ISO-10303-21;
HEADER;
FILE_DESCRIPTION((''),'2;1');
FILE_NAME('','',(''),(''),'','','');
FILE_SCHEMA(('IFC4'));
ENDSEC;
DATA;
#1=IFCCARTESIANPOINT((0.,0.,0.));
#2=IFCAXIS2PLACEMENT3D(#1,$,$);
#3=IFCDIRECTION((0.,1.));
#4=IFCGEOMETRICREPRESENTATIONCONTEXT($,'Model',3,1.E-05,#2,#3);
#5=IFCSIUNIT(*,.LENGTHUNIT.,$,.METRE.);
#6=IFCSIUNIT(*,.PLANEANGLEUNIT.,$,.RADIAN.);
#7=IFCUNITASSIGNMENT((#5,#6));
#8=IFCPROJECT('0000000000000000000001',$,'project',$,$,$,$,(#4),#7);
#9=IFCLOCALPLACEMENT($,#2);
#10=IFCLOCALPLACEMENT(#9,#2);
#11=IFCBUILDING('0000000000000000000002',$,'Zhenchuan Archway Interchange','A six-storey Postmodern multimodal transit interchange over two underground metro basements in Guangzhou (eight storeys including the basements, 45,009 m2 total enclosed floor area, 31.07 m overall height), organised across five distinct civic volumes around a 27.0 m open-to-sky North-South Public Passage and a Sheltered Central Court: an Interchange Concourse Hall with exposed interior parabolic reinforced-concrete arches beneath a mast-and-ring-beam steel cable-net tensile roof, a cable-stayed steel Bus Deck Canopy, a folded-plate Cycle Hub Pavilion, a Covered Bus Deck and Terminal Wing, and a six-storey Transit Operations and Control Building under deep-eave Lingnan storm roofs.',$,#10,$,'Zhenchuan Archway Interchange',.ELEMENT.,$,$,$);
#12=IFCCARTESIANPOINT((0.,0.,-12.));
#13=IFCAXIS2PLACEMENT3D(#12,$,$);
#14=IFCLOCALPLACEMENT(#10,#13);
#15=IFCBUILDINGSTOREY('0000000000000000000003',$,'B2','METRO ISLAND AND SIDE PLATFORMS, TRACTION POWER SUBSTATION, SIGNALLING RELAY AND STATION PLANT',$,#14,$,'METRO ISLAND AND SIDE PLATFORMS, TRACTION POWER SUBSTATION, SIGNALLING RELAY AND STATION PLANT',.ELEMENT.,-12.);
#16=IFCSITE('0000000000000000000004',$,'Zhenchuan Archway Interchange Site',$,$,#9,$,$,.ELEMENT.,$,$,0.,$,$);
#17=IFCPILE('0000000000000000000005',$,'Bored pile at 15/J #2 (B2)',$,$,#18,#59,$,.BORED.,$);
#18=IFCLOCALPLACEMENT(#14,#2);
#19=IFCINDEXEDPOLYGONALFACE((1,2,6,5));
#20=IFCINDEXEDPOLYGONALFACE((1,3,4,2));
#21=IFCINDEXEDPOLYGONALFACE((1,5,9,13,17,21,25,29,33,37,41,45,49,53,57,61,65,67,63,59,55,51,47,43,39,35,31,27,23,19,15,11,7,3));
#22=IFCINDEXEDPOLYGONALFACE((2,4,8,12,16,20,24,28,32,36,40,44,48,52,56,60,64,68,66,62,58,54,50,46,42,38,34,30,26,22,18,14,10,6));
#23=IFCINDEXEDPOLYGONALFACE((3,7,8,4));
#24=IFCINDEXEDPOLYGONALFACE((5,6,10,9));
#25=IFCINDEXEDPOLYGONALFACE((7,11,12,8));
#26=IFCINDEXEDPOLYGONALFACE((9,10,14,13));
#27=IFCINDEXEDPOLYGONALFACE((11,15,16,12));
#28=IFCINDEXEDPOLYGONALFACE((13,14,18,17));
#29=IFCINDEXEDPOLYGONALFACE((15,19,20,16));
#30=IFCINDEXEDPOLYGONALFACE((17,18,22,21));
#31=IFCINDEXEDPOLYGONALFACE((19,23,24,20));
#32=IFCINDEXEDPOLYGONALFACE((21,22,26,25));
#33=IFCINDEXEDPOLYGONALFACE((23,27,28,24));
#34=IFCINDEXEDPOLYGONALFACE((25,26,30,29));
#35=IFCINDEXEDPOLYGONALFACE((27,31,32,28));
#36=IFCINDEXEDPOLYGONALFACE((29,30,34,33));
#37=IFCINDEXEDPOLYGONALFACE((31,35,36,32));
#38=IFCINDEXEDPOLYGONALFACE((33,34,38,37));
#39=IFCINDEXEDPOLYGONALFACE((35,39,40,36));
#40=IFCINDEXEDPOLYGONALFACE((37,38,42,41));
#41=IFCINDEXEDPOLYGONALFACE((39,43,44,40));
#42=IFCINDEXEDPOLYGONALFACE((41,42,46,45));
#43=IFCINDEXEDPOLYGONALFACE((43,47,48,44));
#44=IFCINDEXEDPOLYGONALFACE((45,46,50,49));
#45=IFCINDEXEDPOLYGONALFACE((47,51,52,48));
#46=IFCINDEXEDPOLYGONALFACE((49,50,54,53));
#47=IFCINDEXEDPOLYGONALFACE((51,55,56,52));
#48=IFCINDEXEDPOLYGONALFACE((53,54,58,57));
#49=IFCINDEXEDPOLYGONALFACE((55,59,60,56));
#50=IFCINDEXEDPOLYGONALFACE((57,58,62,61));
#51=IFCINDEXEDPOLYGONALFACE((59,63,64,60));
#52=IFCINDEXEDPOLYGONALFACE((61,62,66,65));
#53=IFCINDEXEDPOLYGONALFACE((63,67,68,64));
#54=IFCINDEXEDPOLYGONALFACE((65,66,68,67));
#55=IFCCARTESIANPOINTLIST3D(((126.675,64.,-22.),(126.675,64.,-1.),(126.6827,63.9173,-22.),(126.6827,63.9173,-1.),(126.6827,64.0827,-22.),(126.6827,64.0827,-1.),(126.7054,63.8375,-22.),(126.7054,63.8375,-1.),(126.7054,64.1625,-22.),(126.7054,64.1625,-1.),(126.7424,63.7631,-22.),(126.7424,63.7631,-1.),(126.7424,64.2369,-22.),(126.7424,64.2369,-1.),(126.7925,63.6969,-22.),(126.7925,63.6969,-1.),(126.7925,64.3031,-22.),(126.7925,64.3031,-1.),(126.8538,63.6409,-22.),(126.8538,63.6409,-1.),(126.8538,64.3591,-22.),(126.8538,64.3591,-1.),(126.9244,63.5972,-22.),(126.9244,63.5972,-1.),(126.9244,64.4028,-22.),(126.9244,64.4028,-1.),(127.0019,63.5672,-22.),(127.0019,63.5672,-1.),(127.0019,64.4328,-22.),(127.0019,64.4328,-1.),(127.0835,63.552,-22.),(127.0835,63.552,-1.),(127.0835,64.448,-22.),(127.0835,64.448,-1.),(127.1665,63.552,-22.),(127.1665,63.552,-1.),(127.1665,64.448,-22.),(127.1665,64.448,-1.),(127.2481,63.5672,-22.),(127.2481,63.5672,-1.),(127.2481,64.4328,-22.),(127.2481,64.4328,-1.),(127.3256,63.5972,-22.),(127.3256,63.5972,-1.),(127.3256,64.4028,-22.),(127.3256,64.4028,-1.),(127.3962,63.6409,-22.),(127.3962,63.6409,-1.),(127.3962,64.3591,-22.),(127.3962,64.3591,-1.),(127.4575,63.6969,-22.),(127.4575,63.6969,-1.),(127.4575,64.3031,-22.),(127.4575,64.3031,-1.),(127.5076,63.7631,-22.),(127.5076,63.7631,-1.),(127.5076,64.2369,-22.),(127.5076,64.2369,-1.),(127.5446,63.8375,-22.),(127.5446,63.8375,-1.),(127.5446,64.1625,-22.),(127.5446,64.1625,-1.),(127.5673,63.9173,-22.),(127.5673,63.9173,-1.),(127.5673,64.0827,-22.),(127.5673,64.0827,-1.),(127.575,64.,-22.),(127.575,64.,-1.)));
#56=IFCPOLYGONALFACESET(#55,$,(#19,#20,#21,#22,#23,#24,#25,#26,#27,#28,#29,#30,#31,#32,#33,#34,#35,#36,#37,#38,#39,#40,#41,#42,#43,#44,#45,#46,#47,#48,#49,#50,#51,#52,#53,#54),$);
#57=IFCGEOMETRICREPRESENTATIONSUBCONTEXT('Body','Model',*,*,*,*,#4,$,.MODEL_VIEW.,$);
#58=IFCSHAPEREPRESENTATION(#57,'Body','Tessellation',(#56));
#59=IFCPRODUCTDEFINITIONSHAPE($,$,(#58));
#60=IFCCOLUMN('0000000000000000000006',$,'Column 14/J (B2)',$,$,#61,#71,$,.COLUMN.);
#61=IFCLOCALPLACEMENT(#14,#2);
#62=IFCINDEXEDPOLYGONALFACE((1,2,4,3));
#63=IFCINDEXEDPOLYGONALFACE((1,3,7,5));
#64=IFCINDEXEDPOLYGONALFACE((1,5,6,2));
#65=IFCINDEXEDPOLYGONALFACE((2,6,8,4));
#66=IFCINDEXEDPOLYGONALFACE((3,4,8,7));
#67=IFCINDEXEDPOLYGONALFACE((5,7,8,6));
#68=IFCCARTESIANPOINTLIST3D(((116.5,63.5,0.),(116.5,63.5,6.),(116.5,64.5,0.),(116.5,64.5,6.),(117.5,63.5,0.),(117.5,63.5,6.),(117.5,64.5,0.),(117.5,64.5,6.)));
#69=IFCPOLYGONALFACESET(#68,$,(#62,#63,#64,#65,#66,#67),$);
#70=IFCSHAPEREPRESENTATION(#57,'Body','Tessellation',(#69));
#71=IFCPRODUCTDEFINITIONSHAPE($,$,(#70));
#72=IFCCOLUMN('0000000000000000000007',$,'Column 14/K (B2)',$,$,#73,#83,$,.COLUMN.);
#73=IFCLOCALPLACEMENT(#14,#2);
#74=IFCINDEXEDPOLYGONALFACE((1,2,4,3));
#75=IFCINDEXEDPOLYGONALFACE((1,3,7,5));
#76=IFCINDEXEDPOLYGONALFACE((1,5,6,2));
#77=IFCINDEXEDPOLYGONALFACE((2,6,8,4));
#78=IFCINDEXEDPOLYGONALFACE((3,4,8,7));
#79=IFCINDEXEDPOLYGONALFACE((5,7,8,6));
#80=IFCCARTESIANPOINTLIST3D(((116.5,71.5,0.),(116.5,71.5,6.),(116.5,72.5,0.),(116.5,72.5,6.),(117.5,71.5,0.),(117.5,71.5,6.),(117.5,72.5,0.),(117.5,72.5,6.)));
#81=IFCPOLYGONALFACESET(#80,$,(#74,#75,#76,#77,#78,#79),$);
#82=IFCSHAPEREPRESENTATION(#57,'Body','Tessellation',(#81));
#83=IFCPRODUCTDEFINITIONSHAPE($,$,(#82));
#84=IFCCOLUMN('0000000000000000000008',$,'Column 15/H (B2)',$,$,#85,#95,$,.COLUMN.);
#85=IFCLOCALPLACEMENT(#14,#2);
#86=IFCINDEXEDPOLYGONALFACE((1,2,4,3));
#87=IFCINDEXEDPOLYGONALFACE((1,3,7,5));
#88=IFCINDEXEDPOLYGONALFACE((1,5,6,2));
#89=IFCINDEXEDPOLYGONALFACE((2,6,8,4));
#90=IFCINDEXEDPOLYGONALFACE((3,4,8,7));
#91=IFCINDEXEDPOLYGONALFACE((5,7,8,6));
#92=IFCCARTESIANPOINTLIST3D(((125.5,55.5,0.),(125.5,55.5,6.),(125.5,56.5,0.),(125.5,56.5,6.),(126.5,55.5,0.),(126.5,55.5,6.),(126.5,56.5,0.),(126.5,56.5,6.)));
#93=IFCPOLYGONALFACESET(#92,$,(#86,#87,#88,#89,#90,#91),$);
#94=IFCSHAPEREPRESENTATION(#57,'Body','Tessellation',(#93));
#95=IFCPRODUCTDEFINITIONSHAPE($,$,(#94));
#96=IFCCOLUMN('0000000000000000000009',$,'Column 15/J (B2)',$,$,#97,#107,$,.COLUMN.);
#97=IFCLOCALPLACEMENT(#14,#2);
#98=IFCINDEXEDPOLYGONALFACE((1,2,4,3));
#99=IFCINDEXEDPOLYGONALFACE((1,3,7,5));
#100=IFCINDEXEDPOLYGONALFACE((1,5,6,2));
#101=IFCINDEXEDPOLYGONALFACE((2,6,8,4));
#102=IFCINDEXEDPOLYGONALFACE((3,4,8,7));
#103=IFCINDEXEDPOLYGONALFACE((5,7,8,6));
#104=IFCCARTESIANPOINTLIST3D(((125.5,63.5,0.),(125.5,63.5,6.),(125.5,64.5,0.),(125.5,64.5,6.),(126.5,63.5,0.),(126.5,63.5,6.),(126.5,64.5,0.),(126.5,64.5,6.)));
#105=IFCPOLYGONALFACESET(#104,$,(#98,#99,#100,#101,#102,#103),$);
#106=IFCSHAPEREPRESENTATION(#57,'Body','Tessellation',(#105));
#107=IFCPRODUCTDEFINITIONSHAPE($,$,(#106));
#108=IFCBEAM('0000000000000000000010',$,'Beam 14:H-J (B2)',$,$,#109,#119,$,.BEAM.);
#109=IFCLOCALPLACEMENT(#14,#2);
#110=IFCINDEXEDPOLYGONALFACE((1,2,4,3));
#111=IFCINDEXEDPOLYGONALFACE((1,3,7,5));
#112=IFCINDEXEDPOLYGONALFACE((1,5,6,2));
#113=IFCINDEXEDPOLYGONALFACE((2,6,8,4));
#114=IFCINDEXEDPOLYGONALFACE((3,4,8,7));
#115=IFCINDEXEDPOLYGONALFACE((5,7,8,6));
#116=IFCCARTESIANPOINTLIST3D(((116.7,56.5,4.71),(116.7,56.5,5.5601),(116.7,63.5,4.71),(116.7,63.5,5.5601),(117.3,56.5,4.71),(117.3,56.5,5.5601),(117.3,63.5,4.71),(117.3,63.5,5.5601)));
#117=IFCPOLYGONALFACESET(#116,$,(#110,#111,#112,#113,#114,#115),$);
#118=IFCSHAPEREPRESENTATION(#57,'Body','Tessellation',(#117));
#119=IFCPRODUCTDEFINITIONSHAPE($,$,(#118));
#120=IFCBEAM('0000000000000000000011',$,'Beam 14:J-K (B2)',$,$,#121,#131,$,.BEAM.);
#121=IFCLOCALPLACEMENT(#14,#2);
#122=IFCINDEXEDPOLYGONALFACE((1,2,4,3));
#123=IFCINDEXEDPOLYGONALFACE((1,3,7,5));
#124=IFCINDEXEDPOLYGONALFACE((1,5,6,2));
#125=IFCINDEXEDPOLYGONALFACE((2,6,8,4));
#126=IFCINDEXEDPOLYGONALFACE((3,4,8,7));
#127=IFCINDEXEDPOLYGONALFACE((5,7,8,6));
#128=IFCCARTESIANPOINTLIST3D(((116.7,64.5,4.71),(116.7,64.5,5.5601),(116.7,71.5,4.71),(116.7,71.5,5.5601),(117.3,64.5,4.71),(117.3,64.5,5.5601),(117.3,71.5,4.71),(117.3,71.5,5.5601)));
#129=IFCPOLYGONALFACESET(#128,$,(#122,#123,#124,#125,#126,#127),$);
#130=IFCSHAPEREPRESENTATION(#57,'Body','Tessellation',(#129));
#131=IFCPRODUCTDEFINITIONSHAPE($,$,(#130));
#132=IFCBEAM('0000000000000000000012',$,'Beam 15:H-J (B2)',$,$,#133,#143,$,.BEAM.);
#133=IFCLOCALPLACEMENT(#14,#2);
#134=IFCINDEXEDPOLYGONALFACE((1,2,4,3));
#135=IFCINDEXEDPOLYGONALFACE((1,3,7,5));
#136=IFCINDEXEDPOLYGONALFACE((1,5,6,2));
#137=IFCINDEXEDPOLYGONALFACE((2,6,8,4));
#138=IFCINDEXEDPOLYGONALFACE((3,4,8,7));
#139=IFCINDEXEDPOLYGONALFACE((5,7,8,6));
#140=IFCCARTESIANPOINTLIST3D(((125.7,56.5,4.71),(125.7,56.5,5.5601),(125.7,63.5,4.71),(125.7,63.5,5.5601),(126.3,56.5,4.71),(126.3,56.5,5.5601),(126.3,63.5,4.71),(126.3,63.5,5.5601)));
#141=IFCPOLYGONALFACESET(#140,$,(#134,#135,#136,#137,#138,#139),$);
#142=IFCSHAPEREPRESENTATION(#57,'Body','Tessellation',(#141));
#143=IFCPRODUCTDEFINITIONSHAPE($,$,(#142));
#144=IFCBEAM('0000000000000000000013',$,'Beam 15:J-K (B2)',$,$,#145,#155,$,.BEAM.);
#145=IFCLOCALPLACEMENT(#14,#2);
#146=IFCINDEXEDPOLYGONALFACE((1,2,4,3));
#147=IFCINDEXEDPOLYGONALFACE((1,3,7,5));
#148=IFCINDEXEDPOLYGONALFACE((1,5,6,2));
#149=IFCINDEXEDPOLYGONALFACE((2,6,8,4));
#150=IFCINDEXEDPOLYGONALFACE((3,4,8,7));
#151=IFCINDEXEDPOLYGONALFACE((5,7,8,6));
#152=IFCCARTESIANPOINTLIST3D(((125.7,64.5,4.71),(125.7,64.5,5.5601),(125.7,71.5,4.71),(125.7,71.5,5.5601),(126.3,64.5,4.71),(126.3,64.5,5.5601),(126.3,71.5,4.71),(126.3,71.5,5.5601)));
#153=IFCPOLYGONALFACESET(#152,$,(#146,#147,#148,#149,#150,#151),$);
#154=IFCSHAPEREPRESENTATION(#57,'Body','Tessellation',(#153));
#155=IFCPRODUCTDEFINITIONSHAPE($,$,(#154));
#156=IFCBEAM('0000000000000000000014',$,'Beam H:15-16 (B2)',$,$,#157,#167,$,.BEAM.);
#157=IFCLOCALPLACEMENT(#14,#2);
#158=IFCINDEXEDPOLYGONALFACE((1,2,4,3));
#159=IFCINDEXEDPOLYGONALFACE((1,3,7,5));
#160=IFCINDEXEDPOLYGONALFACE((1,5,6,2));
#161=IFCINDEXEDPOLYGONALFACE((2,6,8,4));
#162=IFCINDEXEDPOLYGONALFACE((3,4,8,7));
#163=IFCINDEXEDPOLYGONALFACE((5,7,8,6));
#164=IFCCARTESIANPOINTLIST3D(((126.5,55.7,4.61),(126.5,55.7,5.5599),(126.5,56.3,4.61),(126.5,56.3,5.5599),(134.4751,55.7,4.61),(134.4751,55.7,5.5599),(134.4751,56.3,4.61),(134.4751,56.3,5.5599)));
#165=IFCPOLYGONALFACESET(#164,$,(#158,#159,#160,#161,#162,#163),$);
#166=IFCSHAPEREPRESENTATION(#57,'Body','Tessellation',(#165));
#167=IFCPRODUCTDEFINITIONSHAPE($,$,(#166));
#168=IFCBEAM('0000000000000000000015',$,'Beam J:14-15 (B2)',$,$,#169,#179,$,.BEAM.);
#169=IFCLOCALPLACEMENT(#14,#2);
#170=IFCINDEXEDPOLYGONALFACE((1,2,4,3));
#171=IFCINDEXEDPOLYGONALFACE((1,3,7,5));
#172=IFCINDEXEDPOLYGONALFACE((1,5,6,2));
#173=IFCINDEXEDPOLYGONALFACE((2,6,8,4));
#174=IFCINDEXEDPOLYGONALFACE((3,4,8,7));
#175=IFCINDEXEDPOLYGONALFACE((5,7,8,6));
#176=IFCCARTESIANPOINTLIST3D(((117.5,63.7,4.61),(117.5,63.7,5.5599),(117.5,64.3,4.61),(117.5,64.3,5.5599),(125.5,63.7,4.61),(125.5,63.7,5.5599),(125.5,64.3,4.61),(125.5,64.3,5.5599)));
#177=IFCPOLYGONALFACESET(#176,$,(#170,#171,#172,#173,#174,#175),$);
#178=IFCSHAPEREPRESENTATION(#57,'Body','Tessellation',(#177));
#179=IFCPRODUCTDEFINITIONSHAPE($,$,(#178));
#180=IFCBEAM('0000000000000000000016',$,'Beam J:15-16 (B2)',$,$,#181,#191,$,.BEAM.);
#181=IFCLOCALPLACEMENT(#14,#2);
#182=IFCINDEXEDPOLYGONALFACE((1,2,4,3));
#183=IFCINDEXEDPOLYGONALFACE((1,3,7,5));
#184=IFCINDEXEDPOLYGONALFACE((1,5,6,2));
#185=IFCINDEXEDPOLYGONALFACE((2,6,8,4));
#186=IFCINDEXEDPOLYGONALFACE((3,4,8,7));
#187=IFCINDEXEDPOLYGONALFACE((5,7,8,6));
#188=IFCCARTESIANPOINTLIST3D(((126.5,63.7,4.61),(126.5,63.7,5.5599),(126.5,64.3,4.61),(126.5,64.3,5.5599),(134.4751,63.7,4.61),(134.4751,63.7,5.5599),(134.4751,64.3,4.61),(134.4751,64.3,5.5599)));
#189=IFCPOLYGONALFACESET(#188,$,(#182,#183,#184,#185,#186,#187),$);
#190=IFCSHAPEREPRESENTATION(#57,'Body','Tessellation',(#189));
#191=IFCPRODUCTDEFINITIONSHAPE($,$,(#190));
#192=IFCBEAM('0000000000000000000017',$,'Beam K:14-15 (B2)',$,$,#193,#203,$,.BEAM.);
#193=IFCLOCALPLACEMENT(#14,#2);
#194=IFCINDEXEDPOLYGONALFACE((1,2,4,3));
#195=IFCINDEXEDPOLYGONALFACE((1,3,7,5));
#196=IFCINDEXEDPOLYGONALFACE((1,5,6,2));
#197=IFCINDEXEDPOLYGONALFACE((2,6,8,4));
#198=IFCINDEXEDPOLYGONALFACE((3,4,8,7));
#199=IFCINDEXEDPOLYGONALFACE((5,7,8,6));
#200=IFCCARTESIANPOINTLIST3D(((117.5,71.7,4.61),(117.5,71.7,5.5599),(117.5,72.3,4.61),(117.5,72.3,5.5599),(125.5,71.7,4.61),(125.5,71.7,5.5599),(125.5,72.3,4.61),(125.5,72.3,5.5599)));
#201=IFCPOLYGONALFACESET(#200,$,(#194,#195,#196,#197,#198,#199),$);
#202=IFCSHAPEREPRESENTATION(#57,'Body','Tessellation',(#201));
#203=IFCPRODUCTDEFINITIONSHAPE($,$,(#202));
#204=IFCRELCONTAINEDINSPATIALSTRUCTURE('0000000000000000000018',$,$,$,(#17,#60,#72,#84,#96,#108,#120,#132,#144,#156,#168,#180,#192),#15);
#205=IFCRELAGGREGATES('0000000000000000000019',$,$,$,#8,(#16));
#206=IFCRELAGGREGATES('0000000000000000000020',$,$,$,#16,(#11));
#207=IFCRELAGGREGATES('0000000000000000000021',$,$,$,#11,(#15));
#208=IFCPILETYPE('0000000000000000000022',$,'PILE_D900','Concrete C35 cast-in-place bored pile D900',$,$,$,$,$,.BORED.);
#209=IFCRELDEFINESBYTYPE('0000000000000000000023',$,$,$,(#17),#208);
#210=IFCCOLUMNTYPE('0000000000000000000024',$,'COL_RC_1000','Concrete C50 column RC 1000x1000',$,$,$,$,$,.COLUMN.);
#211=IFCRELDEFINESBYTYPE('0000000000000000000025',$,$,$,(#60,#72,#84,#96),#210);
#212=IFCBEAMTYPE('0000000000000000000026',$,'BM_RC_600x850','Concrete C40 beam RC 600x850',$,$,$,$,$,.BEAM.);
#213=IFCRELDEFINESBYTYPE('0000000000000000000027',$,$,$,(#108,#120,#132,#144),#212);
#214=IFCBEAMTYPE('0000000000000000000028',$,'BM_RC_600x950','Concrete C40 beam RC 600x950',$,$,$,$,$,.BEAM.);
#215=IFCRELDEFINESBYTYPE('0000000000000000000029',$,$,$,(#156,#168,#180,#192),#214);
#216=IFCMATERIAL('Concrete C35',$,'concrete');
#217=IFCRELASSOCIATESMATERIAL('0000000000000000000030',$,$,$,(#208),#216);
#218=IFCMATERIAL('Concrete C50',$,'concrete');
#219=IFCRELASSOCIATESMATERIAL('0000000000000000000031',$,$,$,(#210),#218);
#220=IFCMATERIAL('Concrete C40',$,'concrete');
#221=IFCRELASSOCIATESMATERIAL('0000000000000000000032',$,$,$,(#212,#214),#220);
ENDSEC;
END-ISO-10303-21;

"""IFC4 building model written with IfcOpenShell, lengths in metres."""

from ifc_helpers import new_model, si_unit, direction, frame, origin, origin_2d, place, context, subcontext, project, spatial, rectangle, circle, extrude, material, material_profile, profile_set, type_object, element, save


model = new_model("IFC4")

# Units and contexts
model_context = context("Model", 3, precision=1e-05, world=origin(), true_north=direction((0.0, 1.0)))
body_context = subcontext(model_context, "Body", "Model", "MODEL_VIEW")
ifc_project = project(units=[si_unit("LENGTHUNIT", "METRE"), si_unit("PLANEANGLEUNIT", "RADIAN")], contexts=[model_context])

# Site, building, storey
site_placement = place(None, origin())
site = spatial("IfcSite", under=ifc_project, at=site_placement, Name="Zhenchuan Archway Interchange Site", CompositionType="ELEMENT", RefElevation=0.0)
building_placement = place(site_placement, origin())
building = spatial("IfcBuilding", under=site, at=building_placement, Name="Zhenchuan Archway Interchange", Description="A six-storey Postmodern multimodal transit interchange over two underground metro basements in Guangzhou (eight storeys including the basements, 45,009 m2 total enclosed floor area, 31.07 m overall height), organised across five distinct civic volumes around a 27.0 m open-to-sky North-South Public Passage and a Sheltered Central Court: an Interchange Concourse Hall with exposed interior parabolic reinforced-concrete arches beneath a mast-and-ring-beam steel cable-net tensile roof, a cable-stayed steel Bus Deck Canopy, a folded-plate Cycle Hub Pavilion, a Covered Bus Deck and Terminal Wing, and a six-storey Transit Operations and Control Building under deep-eave Lingnan storm roofs.", LongName="Zhenchuan Archway Interchange", CompositionType="ELEMENT")
storey_placement = place(building_placement, frame((0.0, 0.0, -12.0)))
storey = spatial("IfcBuildingStorey", under=building, at=storey_placement, Name="B2", Description="METRO ISLAND AND SIDE PLATFORMS, TRACTION POWER SUBSTATION, SIGNALLING RELAY AND STATION PLANT", LongName="METRO ISLAND AND SIDE PLATFORMS, TRACTION POWER SUBSTATION, SIGNALLING RELAY AND STATION PLANT", CompositionType="ELEMENT", Elevation=-12.0)

# Shared definitions
ifc_material_1 = material(Name="Concrete C40", Category="concrete")

# Pile
ifc_material_2 = material(Name="Concrete C35", Category="concrete")
ifc_material_profile_1 = material_profile(ifc_material_2, circle(Radius=0.45, at=origin_2d()), Name="BORED PILE 900")
ifc_profile_set_1 = profile_set([ifc_material_profile_1], Name="Concrete C35")
pile_type_1 = type_object("IfcPileType", Name="PILE_D900", Description="Concrete C35 cast-in-place bored pile D900", PredefinedType="BORED", material=ifc_profile_set_1)
for number, where, z_axis, x_axis, name in (
    (1, (127.125, 64.0, -1.0), (0.0, 0.0, -1.0), (1.0, 0.0, 0.0), "Bored pile at 15/J #2 (B2)"),
):
    element("IfcPile", number, at=place(storey_placement, frame(where, z_axis=z_axis, x_axis=x_axis)), inside=storey, type_object=pile_type_1, Name=name, PredefinedType="BORED", context=body_context, shape_type="SweptSolid", body=[
        extrude(circle(Radius=0.45, at=origin_2d()), origin(), (0.0, 0.0, 1.0), 21.0),
    ])

# Columns
ifc_material_3 = material(Name="Concrete C50", Category="concrete")
ifc_material_profile_2 = material_profile(ifc_material_3, rectangle(XDim=1.0, YDim=1.0, at=origin_2d()), Name="RC 1000x1000")
ifc_profile_set_2 = profile_set([ifc_material_profile_2], Name="Concrete C50")
column_type = type_object("IfcColumnType", Name="COL_RC_1000", Description="Concrete C50 column RC 1000x1000", PredefinedType="COLUMN", material=ifc_profile_set_2)
for number, where, z_axis, x_axis, name in (
    (2, (117.0, 64.0, 0.0), (0.0, 0.0, 1.0), (1.0, 0.0, 0.0), "Column 14/J (B2)"),
    (3, (117.0, 72.0, 0.0), (0.0, 0.0, 1.0), (1.0, 0.0, 0.0), "Column 14/K (B2)"),
    (4, (126.0, 56.0, 0.0), (0.0, 0.0, 1.0), (1.0, 0.0, 0.0), "Column 15/H (B2)"),
    (5, (126.0, 64.0, 0.0), (0.0, 0.0, 1.0), (1.0, 0.0, 0.0), "Column 15/J (B2)"),
):
    element("IfcColumn", number, at=place(storey_placement, frame(where, z_axis=z_axis, x_axis=x_axis)), inside=storey, type_object=column_type, Name=name, PredefinedType="COLUMN", context=body_context, shape_type="SweptSolid", body=[
        extrude(rectangle(XDim=1.0, YDim=1.0, at=origin_2d()), origin(), (0.0, 0.0, 1.0), 6.0),
    ])

# Beams
ifc_material_profile_3 = material_profile(ifc_material_1, rectangle(XDim=0.6001, YDim=0.8501, at=origin_2d()), Name="RC 600x850")
ifc_profile_set_3 = profile_set([ifc_material_profile_3], Name="Concrete C40")
beam_type_1 = type_object("IfcBeamType", Name="BM_RC_600x850", Description="Concrete C40 beam RC 600x850", PredefinedType="BEAM", material=ifc_profile_set_3)
for number, where, z_axis, x_axis, name in (
    (6, (117.0, 56.5, 5.135), (0.0, 1.0, 0.0), (-1.0, 0.0, 0.0), "Beam 14:H-J (B2)"),
    (7, (117.0, 64.5, 5.135), (0.0, 1.0, 0.0), (-1.0, 0.0, 0.0), "Beam 14:J-K (B2)"),
    (8, (126.0, 56.5, 5.135), (0.0, 1.0, 0.0), (-1.0, 0.0, 0.0), "Beam 15:H-J (B2)"),
    (9, (126.0, 64.5, 5.135), (0.0, 1.0, 0.0), (-1.0, 0.0, 0.0), "Beam 15:J-K (B2)"),
):
    element("IfcBeam", number, at=place(storey_placement, frame(where, z_axis=z_axis, x_axis=x_axis)), inside=storey, type_object=beam_type_1, Name=name, PredefinedType="BEAM", context=body_context, shape_type="SweptSolid", body=[
        extrude(rectangle(XDim=0.6001, YDim=0.8501, at=origin_2d()), origin(), (0.0, 0.0, 1.0), 7.0),
    ])
ifc_material_profile_4 = material_profile(ifc_material_1, rectangle(XDim=0.6001, YDim=0.95, at=origin_2d()), Name="RC 600x950")
ifc_profile_set_4 = profile_set([ifc_material_profile_4], Name="Concrete C40")
beam_type_2 = type_object("IfcBeamType", Name="BM_RC_600x950", Description="Concrete C40 beam RC 600x950", PredefinedType="BEAM", material=ifc_profile_set_4)
beam_1_placement = place(storey_placement, frame((126.5, 56.0, 5.085), z_axis=(1.0, 0.0, 0.0), x_axis=(0.0, 1.0, 0.0)))
element("IfcBeam", 10, at=beam_1_placement, inside=storey, type_object=beam_type_2, Name="Beam H:15-16 (B2)", PredefinedType="BEAM", context=body_context, shape_type="SweptSolid", body=[
    extrude(rectangle(XDim=0.6001, YDim=0.95, at=origin_2d()), origin(), (0.0, 0.0, 1.0), 7.9751),
])
beam_2_placement = place(storey_placement, frame((117.5, 64.0, 5.085), z_axis=(1.0, 0.0, 0.0), x_axis=(0.0, 1.0, 0.0)))
element("IfcBeam", 11, at=beam_2_placement, inside=storey, type_object=beam_type_2, Name="Beam J:14-15 (B2)", PredefinedType="BEAM", context=body_context, shape_type="SweptSolid", body=[
    extrude(rectangle(XDim=0.6001, YDim=0.95, at=origin_2d()), origin(), (0.0, 0.0, 1.0), 8.0),
])
beam_3_placement = place(storey_placement, frame((126.5, 64.0, 5.085), z_axis=(1.0, 0.0, 0.0), x_axis=(0.0, 1.0, 0.0)))
element("IfcBeam", 12, at=beam_3_placement, inside=storey, type_object=beam_type_2, Name="Beam J:15-16 (B2)", PredefinedType="BEAM", context=body_context, shape_type="SweptSolid", body=[
    extrude(rectangle(XDim=0.6001, YDim=0.95, at=origin_2d()), origin(), (0.0, 0.0, 1.0), 7.9751),
])
beam_4_placement = place(storey_placement, frame((117.5, 72.0, 5.085), z_axis=(1.0, 0.0, 0.0), x_axis=(0.0, 1.0, 0.0)))
element("IfcBeam", 13, at=beam_4_placement, inside=storey, type_object=beam_type_2, Name="Beam K:14-15 (B2)", PredefinedType="BEAM", context=body_context, shape_type="SweptSolid", body=[
    extrude(rectangle(XDim=0.6001, YDim=0.95, at=origin_2d()), origin(), (0.0, 0.0, 1.0), 8.0),
])

save(model, "model.ifc")
